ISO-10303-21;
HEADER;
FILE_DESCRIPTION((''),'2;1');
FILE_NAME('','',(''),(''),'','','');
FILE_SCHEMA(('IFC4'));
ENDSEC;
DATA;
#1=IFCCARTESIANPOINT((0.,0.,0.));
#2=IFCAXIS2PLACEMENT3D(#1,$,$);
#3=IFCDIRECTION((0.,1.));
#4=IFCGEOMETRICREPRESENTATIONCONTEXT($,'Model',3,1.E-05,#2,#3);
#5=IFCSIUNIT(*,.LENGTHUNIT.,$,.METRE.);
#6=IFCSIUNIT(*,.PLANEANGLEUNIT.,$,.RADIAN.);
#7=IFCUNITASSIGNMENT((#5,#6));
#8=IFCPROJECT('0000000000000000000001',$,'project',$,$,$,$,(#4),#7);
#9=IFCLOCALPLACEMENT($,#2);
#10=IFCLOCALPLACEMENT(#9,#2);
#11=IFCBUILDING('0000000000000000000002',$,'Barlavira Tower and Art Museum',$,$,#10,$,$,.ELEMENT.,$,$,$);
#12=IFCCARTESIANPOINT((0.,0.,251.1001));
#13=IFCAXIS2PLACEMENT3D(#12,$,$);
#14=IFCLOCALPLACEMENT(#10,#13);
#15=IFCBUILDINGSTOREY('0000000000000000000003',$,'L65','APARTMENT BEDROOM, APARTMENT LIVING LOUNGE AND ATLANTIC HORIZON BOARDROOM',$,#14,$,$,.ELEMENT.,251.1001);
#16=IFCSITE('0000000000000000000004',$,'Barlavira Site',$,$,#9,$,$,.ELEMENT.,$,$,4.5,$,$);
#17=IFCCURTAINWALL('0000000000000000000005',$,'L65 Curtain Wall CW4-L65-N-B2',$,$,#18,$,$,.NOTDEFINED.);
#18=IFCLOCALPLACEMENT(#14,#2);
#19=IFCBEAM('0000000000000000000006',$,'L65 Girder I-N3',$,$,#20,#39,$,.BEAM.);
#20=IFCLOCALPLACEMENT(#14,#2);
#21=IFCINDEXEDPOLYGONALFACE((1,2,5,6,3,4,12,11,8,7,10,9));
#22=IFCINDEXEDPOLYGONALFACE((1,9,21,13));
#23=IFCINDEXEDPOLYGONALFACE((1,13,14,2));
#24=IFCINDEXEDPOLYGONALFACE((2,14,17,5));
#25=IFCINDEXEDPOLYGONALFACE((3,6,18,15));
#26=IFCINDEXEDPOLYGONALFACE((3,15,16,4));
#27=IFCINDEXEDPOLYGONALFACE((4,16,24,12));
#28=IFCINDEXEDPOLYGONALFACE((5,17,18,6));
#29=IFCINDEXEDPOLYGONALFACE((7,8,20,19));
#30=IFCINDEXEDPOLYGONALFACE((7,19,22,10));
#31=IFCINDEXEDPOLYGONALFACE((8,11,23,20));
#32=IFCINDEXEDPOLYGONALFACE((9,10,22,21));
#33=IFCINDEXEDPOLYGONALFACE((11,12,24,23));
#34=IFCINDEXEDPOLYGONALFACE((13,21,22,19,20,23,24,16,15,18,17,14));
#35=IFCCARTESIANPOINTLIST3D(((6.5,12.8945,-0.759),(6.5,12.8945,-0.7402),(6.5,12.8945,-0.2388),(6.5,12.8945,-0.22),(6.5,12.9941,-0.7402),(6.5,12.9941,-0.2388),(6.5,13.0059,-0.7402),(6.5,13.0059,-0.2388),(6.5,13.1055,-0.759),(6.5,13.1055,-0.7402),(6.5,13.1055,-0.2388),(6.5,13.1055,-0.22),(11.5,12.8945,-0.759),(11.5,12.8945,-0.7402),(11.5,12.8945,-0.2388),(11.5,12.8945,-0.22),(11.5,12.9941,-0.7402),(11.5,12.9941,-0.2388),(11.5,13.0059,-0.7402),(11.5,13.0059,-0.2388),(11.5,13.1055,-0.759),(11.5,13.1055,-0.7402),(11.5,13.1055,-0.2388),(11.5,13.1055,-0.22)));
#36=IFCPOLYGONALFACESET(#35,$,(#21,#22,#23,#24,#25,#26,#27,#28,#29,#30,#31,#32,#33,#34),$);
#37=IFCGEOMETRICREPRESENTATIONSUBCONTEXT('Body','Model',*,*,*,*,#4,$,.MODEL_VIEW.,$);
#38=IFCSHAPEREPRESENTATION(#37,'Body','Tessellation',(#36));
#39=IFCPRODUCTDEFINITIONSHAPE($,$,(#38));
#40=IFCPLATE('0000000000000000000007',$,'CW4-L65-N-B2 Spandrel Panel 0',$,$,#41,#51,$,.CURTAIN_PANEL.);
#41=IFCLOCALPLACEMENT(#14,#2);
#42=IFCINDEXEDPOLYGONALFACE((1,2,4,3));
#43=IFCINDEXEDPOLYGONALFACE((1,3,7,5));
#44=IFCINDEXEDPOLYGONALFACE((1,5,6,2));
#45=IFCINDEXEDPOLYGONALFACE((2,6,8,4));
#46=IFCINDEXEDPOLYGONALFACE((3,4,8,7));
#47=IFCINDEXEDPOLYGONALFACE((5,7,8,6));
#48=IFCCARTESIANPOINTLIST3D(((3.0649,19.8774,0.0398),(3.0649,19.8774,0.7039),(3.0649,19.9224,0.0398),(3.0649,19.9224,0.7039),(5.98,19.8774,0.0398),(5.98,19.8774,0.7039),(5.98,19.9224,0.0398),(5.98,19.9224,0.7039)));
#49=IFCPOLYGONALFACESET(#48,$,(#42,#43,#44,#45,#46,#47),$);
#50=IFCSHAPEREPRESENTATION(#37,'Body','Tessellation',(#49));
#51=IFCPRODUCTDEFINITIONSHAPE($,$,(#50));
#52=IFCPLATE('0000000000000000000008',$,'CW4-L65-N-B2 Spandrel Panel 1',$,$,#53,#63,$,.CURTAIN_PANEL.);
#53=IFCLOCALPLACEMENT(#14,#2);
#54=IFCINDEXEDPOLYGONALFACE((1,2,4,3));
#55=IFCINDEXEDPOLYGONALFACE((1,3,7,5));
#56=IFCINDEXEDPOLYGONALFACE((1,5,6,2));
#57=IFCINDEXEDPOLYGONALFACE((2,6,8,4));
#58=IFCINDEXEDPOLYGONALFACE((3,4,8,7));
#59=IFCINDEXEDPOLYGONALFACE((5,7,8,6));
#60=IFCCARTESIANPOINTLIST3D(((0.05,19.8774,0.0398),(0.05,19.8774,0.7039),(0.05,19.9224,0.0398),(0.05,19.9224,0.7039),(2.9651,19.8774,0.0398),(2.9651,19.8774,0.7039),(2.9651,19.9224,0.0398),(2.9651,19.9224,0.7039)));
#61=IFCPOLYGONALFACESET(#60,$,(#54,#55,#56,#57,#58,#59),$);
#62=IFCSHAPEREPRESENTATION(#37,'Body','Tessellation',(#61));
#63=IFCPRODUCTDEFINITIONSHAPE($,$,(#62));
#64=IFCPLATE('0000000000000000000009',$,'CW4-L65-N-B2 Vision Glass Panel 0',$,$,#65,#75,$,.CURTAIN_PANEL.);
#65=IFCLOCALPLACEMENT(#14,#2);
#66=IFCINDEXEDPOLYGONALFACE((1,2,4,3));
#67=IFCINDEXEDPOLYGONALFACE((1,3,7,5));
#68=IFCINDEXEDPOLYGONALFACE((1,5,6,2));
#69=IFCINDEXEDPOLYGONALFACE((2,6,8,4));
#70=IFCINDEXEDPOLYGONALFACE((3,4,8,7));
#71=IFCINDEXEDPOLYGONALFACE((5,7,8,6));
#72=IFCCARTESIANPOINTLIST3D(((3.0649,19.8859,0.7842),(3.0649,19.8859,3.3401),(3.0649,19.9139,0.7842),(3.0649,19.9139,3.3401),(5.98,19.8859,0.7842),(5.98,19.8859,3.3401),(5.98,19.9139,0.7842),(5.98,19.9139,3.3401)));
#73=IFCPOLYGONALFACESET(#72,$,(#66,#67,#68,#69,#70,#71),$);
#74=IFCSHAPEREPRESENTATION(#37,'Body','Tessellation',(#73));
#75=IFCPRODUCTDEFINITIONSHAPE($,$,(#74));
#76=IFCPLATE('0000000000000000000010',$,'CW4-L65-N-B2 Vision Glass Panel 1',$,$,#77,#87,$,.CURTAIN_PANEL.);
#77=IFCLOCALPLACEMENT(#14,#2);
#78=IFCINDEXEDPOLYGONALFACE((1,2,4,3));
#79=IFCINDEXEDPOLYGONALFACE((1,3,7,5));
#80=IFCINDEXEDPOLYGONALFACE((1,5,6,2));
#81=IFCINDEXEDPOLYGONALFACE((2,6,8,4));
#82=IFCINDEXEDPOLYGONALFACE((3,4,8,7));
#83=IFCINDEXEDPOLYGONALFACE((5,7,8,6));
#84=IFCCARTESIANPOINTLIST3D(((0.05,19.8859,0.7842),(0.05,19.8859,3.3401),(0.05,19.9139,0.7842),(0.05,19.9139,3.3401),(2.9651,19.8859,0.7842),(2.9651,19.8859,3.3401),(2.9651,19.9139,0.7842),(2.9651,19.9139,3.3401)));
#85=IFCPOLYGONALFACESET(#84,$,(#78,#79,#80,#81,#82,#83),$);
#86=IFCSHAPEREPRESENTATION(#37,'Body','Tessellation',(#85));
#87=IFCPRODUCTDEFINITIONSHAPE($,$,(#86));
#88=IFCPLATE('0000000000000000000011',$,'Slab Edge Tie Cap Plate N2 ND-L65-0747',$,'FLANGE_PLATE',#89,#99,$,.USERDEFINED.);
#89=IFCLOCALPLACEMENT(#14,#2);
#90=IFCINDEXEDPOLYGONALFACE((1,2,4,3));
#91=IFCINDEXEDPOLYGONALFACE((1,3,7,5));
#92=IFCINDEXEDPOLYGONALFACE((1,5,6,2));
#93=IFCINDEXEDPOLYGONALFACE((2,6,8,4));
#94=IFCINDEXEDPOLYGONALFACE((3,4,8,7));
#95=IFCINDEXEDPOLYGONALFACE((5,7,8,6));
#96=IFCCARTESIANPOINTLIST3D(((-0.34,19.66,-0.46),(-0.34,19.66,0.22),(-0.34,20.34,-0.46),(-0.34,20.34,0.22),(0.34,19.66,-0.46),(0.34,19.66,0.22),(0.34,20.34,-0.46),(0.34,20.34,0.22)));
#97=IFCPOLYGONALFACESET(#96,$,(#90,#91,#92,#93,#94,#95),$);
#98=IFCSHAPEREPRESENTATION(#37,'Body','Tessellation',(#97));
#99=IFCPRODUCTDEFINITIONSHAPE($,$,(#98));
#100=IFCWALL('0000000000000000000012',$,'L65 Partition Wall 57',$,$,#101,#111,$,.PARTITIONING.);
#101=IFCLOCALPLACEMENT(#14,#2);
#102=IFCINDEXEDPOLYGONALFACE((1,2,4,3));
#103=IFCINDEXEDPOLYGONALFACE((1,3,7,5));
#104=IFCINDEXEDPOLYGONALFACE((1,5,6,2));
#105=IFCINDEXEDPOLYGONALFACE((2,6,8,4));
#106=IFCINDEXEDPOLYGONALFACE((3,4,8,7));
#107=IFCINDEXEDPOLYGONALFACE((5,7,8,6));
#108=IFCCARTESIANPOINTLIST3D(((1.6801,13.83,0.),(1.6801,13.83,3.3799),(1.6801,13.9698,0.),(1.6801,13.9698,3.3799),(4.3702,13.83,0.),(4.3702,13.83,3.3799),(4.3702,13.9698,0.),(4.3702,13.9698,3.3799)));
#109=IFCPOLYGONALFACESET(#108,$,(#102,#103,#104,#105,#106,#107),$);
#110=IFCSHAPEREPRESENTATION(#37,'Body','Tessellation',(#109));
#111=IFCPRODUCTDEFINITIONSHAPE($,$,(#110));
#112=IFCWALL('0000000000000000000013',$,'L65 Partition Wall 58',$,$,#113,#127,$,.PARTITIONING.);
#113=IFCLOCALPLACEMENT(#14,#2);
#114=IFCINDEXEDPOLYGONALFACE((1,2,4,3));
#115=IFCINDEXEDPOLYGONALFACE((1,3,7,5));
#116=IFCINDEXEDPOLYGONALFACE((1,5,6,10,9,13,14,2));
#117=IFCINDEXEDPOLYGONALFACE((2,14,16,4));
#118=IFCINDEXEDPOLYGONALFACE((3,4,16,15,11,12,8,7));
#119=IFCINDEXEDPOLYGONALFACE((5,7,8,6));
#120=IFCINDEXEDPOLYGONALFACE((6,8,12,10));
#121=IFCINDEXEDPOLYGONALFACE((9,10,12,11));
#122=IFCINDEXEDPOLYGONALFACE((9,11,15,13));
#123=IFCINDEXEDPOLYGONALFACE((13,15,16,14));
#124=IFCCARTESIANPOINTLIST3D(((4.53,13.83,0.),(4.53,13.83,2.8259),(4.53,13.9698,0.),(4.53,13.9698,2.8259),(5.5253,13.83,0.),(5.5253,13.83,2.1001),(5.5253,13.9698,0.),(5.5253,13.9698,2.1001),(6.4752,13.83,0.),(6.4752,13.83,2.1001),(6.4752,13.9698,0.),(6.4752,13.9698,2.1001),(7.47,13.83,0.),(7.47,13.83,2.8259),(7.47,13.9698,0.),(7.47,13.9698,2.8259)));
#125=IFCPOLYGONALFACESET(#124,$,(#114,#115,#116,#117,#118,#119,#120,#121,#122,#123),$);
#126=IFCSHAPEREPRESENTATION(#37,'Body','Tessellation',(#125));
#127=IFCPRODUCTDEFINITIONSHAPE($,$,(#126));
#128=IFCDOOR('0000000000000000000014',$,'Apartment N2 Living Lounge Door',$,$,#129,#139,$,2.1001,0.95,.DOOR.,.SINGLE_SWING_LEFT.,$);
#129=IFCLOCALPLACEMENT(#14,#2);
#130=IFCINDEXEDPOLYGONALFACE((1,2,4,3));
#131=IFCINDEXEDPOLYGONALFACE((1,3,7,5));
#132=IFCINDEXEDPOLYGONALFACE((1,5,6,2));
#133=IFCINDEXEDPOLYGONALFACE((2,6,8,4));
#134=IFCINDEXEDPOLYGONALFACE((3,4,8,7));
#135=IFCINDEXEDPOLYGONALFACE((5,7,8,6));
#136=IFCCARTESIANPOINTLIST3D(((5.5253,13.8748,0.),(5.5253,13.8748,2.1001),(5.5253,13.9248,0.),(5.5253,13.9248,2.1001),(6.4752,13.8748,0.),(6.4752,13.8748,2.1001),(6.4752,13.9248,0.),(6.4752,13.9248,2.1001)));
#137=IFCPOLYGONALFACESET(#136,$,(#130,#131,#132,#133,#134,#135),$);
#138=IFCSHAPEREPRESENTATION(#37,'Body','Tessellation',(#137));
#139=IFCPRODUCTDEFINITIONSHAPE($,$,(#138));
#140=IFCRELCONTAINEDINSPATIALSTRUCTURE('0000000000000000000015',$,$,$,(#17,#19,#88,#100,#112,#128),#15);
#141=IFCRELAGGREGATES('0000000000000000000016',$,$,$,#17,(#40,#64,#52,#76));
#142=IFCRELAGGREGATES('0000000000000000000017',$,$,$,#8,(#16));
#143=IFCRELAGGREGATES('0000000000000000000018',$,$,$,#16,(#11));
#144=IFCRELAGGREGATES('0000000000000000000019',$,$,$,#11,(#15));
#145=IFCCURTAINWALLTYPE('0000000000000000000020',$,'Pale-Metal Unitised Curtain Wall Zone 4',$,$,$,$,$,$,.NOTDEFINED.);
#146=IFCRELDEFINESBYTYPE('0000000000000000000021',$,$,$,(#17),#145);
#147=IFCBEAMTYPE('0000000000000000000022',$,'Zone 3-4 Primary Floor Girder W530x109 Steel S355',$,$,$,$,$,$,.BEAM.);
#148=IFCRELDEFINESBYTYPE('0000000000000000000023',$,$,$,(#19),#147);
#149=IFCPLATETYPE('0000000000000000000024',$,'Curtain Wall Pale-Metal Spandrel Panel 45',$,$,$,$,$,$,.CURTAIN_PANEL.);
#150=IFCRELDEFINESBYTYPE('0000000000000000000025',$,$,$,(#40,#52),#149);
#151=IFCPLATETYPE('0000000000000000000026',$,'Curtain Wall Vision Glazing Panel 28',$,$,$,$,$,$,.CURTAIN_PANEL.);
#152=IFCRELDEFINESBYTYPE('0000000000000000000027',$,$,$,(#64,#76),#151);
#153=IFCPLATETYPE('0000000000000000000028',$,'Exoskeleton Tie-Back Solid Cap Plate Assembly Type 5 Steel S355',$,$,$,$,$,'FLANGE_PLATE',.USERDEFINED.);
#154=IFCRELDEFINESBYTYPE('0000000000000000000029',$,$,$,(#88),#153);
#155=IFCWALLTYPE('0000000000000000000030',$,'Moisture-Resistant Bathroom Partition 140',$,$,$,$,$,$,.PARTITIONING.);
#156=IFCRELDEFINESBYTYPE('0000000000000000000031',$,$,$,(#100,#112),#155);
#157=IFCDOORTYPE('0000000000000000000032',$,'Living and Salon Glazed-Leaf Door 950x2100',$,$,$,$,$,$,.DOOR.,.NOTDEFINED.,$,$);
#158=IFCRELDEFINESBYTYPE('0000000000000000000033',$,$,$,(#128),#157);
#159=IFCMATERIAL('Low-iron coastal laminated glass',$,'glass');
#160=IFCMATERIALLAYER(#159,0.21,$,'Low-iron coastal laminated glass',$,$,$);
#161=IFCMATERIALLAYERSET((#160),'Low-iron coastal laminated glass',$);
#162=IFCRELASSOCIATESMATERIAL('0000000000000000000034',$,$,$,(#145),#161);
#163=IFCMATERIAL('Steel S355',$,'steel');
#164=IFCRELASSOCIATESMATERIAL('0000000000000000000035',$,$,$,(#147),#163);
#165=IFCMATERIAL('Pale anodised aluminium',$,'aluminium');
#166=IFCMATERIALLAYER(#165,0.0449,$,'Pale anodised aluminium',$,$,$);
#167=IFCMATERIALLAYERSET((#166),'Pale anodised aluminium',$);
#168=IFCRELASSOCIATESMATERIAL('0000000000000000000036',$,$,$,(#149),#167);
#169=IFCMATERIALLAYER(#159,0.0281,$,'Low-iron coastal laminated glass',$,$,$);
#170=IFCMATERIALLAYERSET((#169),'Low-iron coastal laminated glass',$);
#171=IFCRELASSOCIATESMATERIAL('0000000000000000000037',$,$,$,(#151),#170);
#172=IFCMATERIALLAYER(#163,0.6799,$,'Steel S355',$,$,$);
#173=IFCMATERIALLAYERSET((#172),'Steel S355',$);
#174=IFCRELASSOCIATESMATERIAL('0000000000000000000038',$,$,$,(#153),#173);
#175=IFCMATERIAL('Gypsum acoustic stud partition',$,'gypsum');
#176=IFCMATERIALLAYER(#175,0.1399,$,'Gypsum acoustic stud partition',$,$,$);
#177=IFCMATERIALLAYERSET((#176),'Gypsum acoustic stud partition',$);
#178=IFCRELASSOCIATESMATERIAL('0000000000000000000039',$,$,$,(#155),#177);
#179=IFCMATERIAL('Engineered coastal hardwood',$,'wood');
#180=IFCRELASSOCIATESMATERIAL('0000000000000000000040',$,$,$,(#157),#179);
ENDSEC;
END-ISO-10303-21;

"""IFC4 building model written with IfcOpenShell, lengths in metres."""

from ifc_helpers import new_model, si_unit, direction, frame, frame_2d, origin, origin_2d, place, context, subcontext, project, spatial, rectangle, i_section, extrude, material, layer, layer_set, material_profile, profile_set, type_object, element, fill, aggregate, save


model = new_model("IFC4")

# Units and contexts
model_context = context("Model", 3, precision=1e-05, world=origin(), true_north=direction((0.0, 1.0)))
body_context = subcontext(model_context, "Body", "Model", "MODEL_VIEW")
ifc_project = project(units=[si_unit("LENGTHUNIT", "METRE"), si_unit("PLANEANGLEUNIT", "RADIAN")], contexts=[model_context])

# Site, building, storey
site_placement = place(None, origin())
site = spatial("IfcSite", under=ifc_project, at=site_placement, Name="Barlavira Site", CompositionType="ELEMENT", RefElevation=4.5)
building_placement = place(site_placement, origin())
building = spatial("IfcBuilding", under=site, at=building_placement, Name="Barlavira Tower and Art Museum", CompositionType="ELEMENT")
storey_placement = place(building_placement, frame((0.0, 0.0, 251.1001)))
storey = spatial("IfcBuildingStorey", under=building, at=storey_placement, Name="L65", Description="APARTMENT BEDROOM, APARTMENT LIVING LOUNGE AND ATLANTIC HORIZON BOARDROOM", CompositionType="ELEMENT", Elevation=251.1001)

# Curtain wall
ifc_material_1 = material(Name="Low-iron coastal laminated glass", Category="glass")
ifc_layer_1 = layer(ifc_material_1, 0.21, Name="Low-iron coastal laminated glass")
ifc_layer_set_1 = layer_set([ifc_layer_1], Name="Low-iron coastal laminated glass")
curtain_wall_type = type_object("IfcCurtainWallType", Name="Pale-Metal Unitised Curtain Wall Zone 4", PredefinedType="NOTDEFINED", material=ifc_layer_set_1)
curtain_wall_placement = place(storey_placement, origin())
curtain_wall = element("IfcCurtainWall", 1, at=curtain_wall_placement, inside=storey, type_object=curtain_wall_type, Name="L65 Curtain Wall CW4-L65-N-B2", PredefinedType="NOTDEFINED")
ifc_material_2 = material(Name="Pale anodised aluminium", Category="aluminium")

# Shared definitions
ifc_material_3 = material(Name="Steel S355", Category="steel")

# Beam
ifc_material_profile_1 = material_profile(ifc_material_3, i_section(OverallWidth=0.2109, OverallDepth=0.5391, WebThickness=0.0117, FlangeThickness=0.0188, at=origin_2d()), Name="W530x109.0")
ifc_profile_set_1 = profile_set([ifc_material_profile_1], Name="Steel S355")
beam_type = type_object("IfcBeamType", Name="Zone 3-4 Primary Floor Girder W530x109 Steel S355", PredefinedType="BEAM", material=ifc_profile_set_1)
beam_placement = place(storey_placement, frame((6.5, 13.0, -0.4895), z_axis=(1.0, 0.0, 0.0), x_axis=(0.0, 1.0, 0.0)))
element("IfcBeam", 2, at=beam_placement, inside=storey, type_object=beam_type, Name="L65 Girder I-N3", PredefinedType="BEAM", context=body_context, shape_type="SweptSolid", body=[
    extrude(i_section(OverallWidth=0.2109, OverallDepth=0.5391, WebThickness=0.0117, FlangeThickness=0.0188, at=origin_2d()), origin(), (0.0, 0.0, 1.0), 5.0),
])

# Plates
ifc_layer_2 = layer(ifc_material_2, 0.0449, Name="Pale anodised aluminium")
ifc_layer_set_2 = layer_set([ifc_layer_2], Name="Pale anodised aluminium")
plate_type_1 = type_object("IfcPlateType", Name="Curtain Wall Pale-Metal Spandrel Panel 45", PredefinedType="CURTAIN_PANEL", material=ifc_layer_set_2)
plate_1_placement = place(storey_placement, frame((4.5225, 19.8999, 0.0398), z_axis=(0.0, 0.0, 1.0), x_axis=(-1.0, 0.0, 0.0)))
plate_1 = element("IfcPlate", 3, at=plate_1_placement, type_object=plate_type_1, Name="CW4-L65-N-B2 Spandrel Panel 0", PredefinedType="CURTAIN_PANEL", context=body_context, shape_type="SweptSolid", body=[
    extrude(rectangle(XDim=2.915, YDim=0.0449, at=origin_2d()), origin(), (0.0, 0.0, 1.0), 0.6641),
])
plate_2_placement = place(storey_placement, frame((1.5076, 19.8999, 0.0398), z_axis=(0.0, 0.0, 1.0), x_axis=(-1.0, 0.0, 0.0)))
plate_2 = element("IfcPlate", 4, at=plate_2_placement, type_object=plate_type_1, Name="CW4-L65-N-B2 Spandrel Panel 1", PredefinedType="CURTAIN_PANEL", context=body_context, shape_type="SweptSolid", body=[
    extrude(rectangle(XDim=2.915, YDim=0.0449, at=origin_2d()), origin(), (0.0, 0.0, 1.0), 0.6641),
])
ifc_layer_3 = layer(ifc_material_1, 0.0281, Name="Low-iron coastal laminated glass")
ifc_layer_set_3 = layer_set([ifc_layer_3], Name="Low-iron coastal laminated glass")
plate_type_2 = type_object("IfcPlateType", Name="Curtain Wall Vision Glazing Panel 28", PredefinedType="CURTAIN_PANEL", material=ifc_layer_set_3)
plate_3_placement = place(storey_placement, frame((4.5225, 19.8999, 0.7842), z_axis=(0.0, 0.0, 1.0), x_axis=(-1.0, 0.0, 0.0)))
plate_3 = element("IfcPlate", 5, at=plate_3_placement, type_object=plate_type_2, Name="CW4-L65-N-B2 Vision Glass Panel 0", PredefinedType="CURTAIN_PANEL", context=body_context, shape_type="SweptSolid", body=[
    extrude(rectangle(XDim=2.915, YDim=0.0281, at=origin_2d()), origin(), (0.0, 0.0, 1.0), 2.5559),
])
plate_4_placement = place(storey_placement, frame((1.5076, 19.8999, 0.7842), z_axis=(0.0, 0.0, 1.0), x_axis=(-1.0, 0.0, 0.0)))
plate_4 = element("IfcPlate", 6, at=plate_4_placement, type_object=plate_type_2, Name="CW4-L65-N-B2 Vision Glass Panel 1", PredefinedType="CURTAIN_PANEL", context=body_context, shape_type="SweptSolid", body=[
    extrude(rectangle(XDim=2.915, YDim=0.0281, at=origin_2d()), origin(), (0.0, 0.0, 1.0), 2.5559),
])
aggregate(curtain_wall, [plate_1, plate_3, plate_2, plate_4])
ifc_layer_4 = layer(ifc_material_3, 0.6799, Name="Steel S355")
ifc_layer_set_4 = layer_set([ifc_layer_4], Name="Steel S355")
plate_type_3 = type_object("IfcPlateType", Name="Exoskeleton Tie-Back Solid Cap Plate Assembly Type 5 Steel S355", ElementType="FLANGE_PLATE", PredefinedType="USERDEFINED", material=ifc_layer_set_4)
plate_5_placement = place(storey_placement, frame((0.0, 20.0, -0.46), z_axis=(0.0, 0.0, 1.0), x_axis=(1.0, 0.0, 0.0)))
element("IfcPlate", 7, at=plate_5_placement, inside=storey, type_object=plate_type_3, Name="Slab Edge Tie Cap Plate N2 ND-L65-0747", ObjectType="FLANGE_PLATE", PredefinedType="USERDEFINED", context=body_context, shape_type="SweptSolid", body=[
    extrude(rectangle(XDim=0.6799, YDim=0.6799, at=origin_2d()), origin(), (0.0, 0.0, 1.0), 0.6799),
])

# Wall
ifc_material_4 = material(Name="Gypsum acoustic stud partition", Category="gypsum")
ifc_layer_5 = layer(ifc_material_4, 0.1399, Name="Gypsum acoustic stud partition")
ifc_layer_set_5 = layer_set([ifc_layer_5], Name="Gypsum acoustic stud partition")
wall_type = type_object("IfcWallType", Name="Moisture-Resistant Bathroom Partition 140", PredefinedType="PARTITIONING", material=ifc_layer_set_5)
wall_1_placement = place(storey_placement, frame((1.6799, 13.8999, 0.0), z_axis=(0.0, 0.0, 1.0), x_axis=(1.0, 0.0, 0.0)))
element("IfcWall", 8, at=wall_1_placement, inside=storey, type_object=wall_type, Name="L65 Partition Wall 57", PredefinedType="PARTITIONING", context=body_context, shape_type="SweptSolid", body=[
    extrude(rectangle(XDim=2.6902, YDim=0.1399, at=frame_2d((1.3452, 0.0))), origin(), (0.0, 0.0, 1.0), 3.3799),
])

# Wall, opening, door
wall_2_placement = place(storey_placement, frame((4.53, 13.8999, 0.0), z_axis=(0.0, 0.0, 1.0), x_axis=(1.0, 0.0, 0.0)))
wall_2 = element("IfcWall", 9, at=wall_2_placement, inside=storey, type_object=wall_type, Name="L65 Partition Wall 58", PredefinedType="PARTITIONING", context=body_context, shape_type="SweptSolid", body=[
    extrude(rectangle(XDim=2.9399, YDim=0.1399, at=frame_2d((1.47, 0.0))), origin(), (0.0, 0.0, 1.0), 2.8259),
])
opening_placement = place(wall_2_placement, frame((0.9951, 0.0, 0.0)))
opening = element("IfcOpeningElement", 10, at=opening_placement, cuts=wall_2, PredefinedType="OPENING", context=body_context, shape_type="SweptSolid", body=[
    extrude(rectangle(XDim=0.95, YDim=2.1001, at=frame_2d((0.4751, 1.05))), frame((0.0, 0.0801, 0.0), z_axis=(0.0, -1.0, 0.0), x_axis=(1.0, 0.0, 0.0)), (0.0, 0.0, 1.0), 0.1599),
])
ifc_material_5 = material(Name="Engineered coastal hardwood", Category="wood")
door_type = type_object("IfcDoorType", Name="Living and Salon Glazed-Leaf Door 950x2100", OperationType="NOTDEFINED", PredefinedType="DOOR", material=ifc_material_5)
door_placement = place(opening_placement, origin())
door = element("IfcDoor", 11, at=door_placement, inside=storey, type_object=door_type, Name="Apartment N2 Living Lounge Door", OperationType="SINGLE_SWING_LEFT", OverallHeight=2.1001, OverallWidth=0.95, PredefinedType="DOOR", context=body_context, shape_type="SweptSolid", body=[
    extrude(rectangle(XDim=0.95, YDim=2.1001, at=frame_2d((0.4751, 1.05))), frame((0.0, 0.0249, 0.0), z_axis=(0.0, -1.0, 0.0), x_axis=(1.0, 0.0, 0.0)), (0.0, 0.0, 1.0), 0.05),
])
fill(opening, door)

save(model, "model.ifc")
